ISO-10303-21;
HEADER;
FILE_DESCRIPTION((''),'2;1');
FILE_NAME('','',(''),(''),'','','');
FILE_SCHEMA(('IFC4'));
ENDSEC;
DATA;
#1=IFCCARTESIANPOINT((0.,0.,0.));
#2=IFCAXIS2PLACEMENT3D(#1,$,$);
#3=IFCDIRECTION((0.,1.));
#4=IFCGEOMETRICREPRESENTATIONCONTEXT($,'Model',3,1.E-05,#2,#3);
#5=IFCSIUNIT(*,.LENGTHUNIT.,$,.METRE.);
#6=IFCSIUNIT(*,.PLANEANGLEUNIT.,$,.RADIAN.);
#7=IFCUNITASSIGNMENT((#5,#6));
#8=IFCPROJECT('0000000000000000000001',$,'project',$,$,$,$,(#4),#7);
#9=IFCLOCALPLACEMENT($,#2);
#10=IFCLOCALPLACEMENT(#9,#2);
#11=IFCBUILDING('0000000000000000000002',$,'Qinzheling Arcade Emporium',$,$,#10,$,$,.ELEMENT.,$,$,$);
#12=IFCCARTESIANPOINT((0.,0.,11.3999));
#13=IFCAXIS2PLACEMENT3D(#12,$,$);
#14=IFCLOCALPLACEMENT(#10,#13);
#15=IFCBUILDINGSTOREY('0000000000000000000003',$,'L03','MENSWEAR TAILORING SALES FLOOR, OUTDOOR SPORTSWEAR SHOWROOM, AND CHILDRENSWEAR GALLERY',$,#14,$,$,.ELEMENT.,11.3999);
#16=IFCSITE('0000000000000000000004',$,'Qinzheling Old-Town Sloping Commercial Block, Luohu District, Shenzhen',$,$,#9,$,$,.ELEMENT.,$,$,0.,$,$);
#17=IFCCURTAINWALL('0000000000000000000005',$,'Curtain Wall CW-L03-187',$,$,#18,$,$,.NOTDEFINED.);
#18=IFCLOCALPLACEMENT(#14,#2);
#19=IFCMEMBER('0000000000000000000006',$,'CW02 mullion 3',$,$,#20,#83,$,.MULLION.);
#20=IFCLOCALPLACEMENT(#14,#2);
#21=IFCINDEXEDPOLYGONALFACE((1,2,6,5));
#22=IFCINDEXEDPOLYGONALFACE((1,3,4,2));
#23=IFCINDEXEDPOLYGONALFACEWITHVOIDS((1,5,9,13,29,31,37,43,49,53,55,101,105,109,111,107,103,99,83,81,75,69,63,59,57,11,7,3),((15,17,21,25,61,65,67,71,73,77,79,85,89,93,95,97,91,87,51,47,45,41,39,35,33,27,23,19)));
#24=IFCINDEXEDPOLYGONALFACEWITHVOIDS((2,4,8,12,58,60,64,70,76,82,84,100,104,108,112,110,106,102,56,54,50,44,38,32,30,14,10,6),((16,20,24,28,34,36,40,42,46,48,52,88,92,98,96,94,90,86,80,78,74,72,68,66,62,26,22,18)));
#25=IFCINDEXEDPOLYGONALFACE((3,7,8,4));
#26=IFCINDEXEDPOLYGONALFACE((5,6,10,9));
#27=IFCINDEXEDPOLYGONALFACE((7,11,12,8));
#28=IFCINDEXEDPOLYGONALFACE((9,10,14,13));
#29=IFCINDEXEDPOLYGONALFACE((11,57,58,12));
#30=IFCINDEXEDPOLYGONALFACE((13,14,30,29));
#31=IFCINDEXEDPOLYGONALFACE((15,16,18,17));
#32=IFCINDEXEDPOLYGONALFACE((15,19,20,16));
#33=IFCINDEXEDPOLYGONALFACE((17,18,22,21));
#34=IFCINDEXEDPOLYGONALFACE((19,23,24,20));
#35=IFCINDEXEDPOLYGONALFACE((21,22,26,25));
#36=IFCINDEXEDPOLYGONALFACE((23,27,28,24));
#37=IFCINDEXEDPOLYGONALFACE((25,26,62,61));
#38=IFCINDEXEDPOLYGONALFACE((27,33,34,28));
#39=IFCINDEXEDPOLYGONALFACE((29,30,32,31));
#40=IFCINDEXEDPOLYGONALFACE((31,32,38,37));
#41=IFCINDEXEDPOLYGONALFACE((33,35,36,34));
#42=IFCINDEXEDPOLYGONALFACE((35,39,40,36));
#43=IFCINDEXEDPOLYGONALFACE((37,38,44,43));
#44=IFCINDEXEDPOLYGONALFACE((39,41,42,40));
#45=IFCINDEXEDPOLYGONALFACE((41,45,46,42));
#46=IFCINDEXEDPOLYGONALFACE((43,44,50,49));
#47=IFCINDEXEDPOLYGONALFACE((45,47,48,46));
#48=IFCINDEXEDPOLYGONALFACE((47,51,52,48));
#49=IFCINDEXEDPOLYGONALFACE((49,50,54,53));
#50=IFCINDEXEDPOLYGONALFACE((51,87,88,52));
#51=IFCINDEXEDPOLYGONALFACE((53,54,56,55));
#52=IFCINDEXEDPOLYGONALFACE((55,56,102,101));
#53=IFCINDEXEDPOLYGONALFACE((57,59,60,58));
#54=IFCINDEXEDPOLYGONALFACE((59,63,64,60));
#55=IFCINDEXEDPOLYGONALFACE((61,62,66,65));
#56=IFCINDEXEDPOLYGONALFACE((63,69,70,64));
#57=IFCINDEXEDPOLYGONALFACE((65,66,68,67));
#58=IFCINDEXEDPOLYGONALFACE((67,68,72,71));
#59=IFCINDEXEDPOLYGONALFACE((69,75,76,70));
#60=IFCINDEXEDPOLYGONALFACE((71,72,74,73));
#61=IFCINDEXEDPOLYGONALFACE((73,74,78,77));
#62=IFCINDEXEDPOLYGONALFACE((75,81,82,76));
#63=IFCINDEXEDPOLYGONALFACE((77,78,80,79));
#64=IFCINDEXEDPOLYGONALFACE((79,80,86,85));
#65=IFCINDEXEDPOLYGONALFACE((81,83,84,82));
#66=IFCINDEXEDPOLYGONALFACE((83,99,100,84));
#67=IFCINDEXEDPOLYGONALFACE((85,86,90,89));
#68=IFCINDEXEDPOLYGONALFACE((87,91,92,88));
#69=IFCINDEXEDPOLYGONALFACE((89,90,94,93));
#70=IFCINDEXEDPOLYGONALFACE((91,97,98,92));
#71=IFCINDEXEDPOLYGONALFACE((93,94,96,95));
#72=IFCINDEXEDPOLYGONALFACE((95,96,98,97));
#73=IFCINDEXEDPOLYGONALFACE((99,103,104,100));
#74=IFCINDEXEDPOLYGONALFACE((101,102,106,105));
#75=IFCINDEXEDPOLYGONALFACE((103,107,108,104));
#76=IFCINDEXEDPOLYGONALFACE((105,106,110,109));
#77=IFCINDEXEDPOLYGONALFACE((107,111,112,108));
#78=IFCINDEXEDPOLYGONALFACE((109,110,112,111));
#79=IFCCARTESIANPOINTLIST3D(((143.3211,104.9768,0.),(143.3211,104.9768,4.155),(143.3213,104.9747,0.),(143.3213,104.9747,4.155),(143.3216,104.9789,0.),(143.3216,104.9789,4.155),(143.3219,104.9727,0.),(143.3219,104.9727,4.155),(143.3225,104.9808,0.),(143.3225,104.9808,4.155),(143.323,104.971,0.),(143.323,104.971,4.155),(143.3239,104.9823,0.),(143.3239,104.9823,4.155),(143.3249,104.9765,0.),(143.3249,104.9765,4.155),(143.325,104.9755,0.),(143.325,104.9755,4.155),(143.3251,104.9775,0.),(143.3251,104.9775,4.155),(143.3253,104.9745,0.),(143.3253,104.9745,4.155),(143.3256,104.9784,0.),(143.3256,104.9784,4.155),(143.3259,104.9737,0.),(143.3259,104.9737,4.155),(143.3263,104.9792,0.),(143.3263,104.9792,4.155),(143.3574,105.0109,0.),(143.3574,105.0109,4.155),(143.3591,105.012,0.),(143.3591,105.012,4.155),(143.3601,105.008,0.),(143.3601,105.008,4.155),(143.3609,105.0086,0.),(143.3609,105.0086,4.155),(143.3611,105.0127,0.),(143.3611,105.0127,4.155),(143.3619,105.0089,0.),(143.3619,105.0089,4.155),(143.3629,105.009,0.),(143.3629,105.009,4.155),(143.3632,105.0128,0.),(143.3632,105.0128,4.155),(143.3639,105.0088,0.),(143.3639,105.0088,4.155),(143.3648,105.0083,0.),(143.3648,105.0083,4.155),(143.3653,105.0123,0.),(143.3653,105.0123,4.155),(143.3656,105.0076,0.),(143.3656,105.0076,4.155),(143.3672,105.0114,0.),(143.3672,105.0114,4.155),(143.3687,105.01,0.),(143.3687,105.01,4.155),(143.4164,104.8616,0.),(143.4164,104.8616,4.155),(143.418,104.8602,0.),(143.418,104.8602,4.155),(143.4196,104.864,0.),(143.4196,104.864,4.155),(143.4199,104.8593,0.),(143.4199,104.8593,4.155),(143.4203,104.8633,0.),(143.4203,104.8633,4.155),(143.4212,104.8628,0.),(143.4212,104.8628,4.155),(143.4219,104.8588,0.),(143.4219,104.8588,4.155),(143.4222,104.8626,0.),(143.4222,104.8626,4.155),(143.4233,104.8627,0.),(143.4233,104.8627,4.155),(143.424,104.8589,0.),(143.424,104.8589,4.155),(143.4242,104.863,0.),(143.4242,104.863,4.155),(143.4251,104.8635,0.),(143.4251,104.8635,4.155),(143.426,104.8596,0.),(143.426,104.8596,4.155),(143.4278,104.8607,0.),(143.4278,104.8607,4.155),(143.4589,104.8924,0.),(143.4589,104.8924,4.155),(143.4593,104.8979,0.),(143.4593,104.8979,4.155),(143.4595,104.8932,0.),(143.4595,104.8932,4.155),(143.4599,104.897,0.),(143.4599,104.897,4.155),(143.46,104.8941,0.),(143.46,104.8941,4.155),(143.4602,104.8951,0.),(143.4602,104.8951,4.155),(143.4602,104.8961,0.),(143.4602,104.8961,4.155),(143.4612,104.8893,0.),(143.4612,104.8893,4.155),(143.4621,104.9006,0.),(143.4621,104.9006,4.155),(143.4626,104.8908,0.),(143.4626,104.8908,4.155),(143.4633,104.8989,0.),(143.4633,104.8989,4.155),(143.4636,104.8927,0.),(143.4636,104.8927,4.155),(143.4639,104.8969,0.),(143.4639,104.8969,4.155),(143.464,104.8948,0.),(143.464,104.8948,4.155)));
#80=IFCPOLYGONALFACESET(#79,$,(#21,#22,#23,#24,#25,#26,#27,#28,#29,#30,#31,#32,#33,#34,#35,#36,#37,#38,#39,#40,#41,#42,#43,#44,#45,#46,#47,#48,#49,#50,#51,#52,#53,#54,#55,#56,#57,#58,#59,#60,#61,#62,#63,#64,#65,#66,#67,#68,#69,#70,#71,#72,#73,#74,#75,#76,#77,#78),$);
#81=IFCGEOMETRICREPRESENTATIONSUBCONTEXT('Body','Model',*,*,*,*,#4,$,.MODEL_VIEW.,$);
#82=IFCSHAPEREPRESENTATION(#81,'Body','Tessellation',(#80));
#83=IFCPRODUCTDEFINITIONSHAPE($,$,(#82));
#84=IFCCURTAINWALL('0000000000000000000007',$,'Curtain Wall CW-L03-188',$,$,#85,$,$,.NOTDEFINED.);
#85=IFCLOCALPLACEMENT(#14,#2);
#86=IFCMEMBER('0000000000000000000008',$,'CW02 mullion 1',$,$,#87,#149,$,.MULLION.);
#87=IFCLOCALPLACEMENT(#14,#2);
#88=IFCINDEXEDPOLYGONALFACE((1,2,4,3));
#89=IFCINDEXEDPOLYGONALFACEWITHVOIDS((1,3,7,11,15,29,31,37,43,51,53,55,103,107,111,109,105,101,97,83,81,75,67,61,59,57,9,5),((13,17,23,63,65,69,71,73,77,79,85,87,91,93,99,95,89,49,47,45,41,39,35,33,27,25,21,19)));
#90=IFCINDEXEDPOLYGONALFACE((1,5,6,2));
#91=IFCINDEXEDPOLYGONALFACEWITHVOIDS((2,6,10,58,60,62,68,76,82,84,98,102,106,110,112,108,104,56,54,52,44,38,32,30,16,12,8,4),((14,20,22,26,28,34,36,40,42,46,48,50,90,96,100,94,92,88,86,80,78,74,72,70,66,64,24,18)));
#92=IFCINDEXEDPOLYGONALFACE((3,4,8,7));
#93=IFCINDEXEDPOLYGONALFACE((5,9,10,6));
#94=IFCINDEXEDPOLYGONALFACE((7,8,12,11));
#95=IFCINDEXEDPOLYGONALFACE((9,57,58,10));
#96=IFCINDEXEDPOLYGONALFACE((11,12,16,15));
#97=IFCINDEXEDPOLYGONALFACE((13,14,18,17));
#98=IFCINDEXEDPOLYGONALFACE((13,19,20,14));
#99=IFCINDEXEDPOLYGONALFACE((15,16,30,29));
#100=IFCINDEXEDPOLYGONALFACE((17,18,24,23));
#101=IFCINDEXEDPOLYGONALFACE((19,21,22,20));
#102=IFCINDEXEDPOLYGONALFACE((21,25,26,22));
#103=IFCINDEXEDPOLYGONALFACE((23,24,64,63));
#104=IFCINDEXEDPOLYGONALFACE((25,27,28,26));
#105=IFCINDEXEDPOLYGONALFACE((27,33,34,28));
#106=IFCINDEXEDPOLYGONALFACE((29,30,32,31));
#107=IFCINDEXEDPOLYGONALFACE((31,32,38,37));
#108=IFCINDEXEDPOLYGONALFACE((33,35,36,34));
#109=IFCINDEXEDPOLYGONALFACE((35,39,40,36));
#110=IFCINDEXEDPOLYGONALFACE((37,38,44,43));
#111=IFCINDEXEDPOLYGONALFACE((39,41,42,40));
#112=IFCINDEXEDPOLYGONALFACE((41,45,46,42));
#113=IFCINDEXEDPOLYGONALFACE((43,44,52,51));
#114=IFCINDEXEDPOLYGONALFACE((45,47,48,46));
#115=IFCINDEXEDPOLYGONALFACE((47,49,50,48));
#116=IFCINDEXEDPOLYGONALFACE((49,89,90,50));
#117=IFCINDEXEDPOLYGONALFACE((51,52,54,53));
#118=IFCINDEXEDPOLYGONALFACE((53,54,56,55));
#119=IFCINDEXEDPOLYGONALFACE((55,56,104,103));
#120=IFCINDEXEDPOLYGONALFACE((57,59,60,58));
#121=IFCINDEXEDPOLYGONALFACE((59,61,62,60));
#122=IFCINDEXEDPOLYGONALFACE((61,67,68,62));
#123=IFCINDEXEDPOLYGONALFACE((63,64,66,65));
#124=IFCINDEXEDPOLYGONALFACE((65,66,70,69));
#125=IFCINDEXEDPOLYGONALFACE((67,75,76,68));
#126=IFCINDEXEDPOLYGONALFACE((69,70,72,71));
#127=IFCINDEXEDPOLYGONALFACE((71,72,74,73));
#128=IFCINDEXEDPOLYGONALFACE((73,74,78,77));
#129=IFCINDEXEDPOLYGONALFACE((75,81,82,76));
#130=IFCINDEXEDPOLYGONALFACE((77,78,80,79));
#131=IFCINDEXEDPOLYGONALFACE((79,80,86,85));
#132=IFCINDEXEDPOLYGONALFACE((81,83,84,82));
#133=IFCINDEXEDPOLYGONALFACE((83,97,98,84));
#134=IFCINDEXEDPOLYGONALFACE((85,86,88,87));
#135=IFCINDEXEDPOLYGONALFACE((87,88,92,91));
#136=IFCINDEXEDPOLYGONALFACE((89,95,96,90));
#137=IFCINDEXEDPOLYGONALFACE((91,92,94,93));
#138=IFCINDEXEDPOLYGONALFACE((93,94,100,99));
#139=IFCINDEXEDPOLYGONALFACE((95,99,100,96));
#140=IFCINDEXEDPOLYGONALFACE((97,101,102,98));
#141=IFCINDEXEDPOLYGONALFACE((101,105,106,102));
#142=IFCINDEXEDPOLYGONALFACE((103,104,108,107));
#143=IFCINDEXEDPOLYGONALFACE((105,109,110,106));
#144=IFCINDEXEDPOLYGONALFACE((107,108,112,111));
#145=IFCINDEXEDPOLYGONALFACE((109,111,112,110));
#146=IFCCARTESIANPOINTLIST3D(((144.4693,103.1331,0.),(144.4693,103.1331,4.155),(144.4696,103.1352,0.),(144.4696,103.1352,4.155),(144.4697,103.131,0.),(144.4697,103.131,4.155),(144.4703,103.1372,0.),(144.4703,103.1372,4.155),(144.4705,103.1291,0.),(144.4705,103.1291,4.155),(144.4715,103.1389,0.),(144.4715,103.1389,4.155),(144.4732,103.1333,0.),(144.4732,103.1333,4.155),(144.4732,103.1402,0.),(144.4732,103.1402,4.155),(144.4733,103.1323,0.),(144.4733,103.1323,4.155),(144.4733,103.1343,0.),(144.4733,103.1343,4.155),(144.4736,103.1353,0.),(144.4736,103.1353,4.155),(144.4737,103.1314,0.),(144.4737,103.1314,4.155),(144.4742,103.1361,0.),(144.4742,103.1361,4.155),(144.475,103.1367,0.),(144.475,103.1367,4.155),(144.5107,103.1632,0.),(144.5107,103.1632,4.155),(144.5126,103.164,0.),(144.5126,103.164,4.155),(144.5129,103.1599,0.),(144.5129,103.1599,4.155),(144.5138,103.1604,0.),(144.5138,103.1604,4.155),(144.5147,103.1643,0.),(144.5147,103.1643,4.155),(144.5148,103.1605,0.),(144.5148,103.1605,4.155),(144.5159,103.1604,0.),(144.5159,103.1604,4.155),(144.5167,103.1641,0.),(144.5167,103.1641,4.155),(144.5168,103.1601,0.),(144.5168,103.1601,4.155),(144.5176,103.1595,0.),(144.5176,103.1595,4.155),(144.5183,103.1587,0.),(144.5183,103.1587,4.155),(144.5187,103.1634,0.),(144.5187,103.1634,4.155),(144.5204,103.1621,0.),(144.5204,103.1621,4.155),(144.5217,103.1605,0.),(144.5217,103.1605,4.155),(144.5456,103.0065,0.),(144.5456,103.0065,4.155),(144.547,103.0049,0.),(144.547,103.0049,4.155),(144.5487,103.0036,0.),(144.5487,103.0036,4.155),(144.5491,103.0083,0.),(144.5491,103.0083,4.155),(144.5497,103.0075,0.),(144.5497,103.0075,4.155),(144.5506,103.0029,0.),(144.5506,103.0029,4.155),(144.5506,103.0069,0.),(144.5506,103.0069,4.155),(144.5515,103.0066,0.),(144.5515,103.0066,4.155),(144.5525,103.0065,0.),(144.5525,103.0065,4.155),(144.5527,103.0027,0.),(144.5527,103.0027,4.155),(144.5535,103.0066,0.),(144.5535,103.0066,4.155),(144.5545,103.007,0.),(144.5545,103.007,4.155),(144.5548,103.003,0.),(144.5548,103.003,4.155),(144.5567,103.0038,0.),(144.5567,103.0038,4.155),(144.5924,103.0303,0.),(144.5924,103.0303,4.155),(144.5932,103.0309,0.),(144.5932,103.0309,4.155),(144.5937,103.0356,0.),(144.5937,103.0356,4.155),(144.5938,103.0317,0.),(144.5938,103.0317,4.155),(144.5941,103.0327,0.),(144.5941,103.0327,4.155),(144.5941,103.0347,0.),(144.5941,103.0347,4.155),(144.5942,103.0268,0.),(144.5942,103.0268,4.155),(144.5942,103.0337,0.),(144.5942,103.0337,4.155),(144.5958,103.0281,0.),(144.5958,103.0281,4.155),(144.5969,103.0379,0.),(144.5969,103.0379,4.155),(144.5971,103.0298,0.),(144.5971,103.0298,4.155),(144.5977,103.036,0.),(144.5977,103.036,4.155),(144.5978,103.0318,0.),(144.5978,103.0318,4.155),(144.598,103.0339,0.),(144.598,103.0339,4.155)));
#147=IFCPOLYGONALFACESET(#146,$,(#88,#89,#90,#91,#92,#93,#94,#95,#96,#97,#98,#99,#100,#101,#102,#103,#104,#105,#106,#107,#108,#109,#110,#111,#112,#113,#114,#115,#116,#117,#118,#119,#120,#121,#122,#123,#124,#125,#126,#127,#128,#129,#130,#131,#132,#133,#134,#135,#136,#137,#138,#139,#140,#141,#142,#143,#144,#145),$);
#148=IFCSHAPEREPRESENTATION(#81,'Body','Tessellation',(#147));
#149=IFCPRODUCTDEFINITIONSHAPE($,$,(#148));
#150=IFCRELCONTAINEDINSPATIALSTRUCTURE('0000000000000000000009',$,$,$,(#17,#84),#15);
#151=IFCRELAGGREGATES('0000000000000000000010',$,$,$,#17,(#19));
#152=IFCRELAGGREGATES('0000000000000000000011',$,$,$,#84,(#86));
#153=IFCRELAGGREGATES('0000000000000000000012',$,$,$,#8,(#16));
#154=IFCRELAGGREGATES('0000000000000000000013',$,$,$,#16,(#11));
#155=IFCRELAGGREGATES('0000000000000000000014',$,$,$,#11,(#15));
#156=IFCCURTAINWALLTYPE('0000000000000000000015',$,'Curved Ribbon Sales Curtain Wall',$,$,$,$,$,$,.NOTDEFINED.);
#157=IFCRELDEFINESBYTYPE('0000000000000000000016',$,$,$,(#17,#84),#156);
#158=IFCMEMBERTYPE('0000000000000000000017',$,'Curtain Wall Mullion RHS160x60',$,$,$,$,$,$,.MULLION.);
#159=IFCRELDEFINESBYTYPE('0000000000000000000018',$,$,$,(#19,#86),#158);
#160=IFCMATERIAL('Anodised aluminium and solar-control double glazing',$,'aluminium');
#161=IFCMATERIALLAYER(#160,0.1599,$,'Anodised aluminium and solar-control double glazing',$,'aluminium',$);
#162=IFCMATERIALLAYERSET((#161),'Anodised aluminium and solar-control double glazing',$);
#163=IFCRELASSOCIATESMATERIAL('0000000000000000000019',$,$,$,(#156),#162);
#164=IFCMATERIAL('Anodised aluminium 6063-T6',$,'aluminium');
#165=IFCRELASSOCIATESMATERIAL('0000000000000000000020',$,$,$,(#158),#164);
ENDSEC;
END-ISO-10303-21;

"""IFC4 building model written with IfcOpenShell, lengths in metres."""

from ifc_helpers import new_model, si_unit, direction, frame, origin, origin_2d, place, context, subcontext, project, spatial, hollow_rectangle, extrude, material, layer, layer_set, material_profile, profile_set, type_object, element, aggregate, save


model = new_model("IFC4")

# Units and contexts
model_context = context("Model", 3, precision=1e-05, world=origin(), true_north=direction((0.0, 1.0)))
body_context = subcontext(model_context, "Body", "Model", "MODEL_VIEW")
ifc_project = project(units=[si_unit("LENGTHUNIT", "METRE"), si_unit("PLANEANGLEUNIT", "RADIAN")], contexts=[model_context])

# Site, building, storey
site_placement = place(None, origin())
site = spatial("IfcSite", under=ifc_project, at=site_placement, Name="Qinzheling Old-Town Sloping Commercial Block, Luohu District, Shenzhen", CompositionType="ELEMENT", RefElevation=0.0)
building_placement = place(site_placement, origin())
building = spatial("IfcBuilding", under=site, at=building_placement, Name="Qinzheling Arcade Emporium", CompositionType="ELEMENT")
storey_placement = place(building_placement, frame((0.0, 0.0, 11.3999)))
storey = spatial("IfcBuildingStorey", under=building, at=storey_placement, Name="L03", Description="MENSWEAR TAILORING SALES FLOOR, OUTDOOR SPORTSWEAR SHOWROOM, AND CHILDRENSWEAR GALLERY", CompositionType="ELEMENT", Elevation=11.3999)

# Curtain walls, members
ifc_material_1 = material(Name="Anodised aluminium and solar-control double glazing", Category="aluminium")
ifc_layer_1 = layer(ifc_material_1, 0.1599, Name="Anodised aluminium and solar-control double glazing", Category="aluminium")
ifc_layer_set_1 = layer_set([ifc_layer_1], Name="Anodised aluminium and solar-control double glazing")
curtain_wall_type = type_object("IfcCurtainWallType", Name="Curved Ribbon Sales Curtain Wall", PredefinedType="NOTDEFINED", material=ifc_layer_set_1)
ifc_material_2 = material(Name="Anodised aluminium 6063-T6", Category="aluminium")
ifc_material_profile_1 = material_profile(ifc_material_2, hollow_rectangle(XDim=0.0601, YDim=0.1599, WallThickness=0.0039, InnerFilletRadius=0.0039, OuterFilletRadius=0.0081, at=origin_2d()), Name="RHS 160x60x4", Category="aluminium")
ifc_profile_set_1 = profile_set([ifc_material_profile_1], Name="Anodised aluminium 6063-T6")
member_type_1 = type_object("IfcMemberType", Name="Curtain Wall Mullion RHS160x60", PredefinedType="MULLION", material=ifc_profile_set_1)
curtain_wall_1_placement = place(storey_placement, origin())
curtain_wall_1 = element("IfcCurtainWall", 1, at=curtain_wall_1_placement, inside=storey, type_object=curtain_wall_type, Name="Curtain Wall CW-L03-187", PredefinedType="NOTDEFINED")
member_1_placement = place(storey_placement, frame((143.3926, 104.9358, 0.0), z_axis=(0.0, 0.0, 1.0), x_axis=(0.760385, 0.649473, 0.0)))
member_1 = element("IfcMember", 2, at=member_1_placement, type_object=member_type_1, Name="CW02 mullion 3", PredefinedType="MULLION", context=body_context, shape_type="SweptSolid", body=[
    extrude(hollow_rectangle(XDim=0.0601, YDim=0.1599, WallThickness=0.0039, InnerFilletRadius=0.0039, OuterFilletRadius=0.0081, at=origin_2d()), origin(), (0.0, 0.0, 1.0), 4.155),
])
curtain_wall_2_placement = place(storey_placement, origin())
curtain_wall_2 = element("IfcCurtainWall", 3, at=curtain_wall_2_placement, inside=storey, type_object=curtain_wall_type, Name="Curtain Wall CW-L03-188", PredefinedType="NOTDEFINED")
member_2_placement = place(storey_placement, frame((144.5337, 103.0835, 0.0), z_axis=(0.0, 0.0, 1.0), x_axis=(0.852684, 0.522428, 0.0)))
member_2 = element("IfcMember", 4, at=member_2_placement, type_object=member_type_1, Name="CW02 mullion 1", PredefinedType="MULLION", context=body_context, shape_type="SweptSolid", body=[
    extrude(hollow_rectangle(XDim=0.0601, YDim=0.1599, WallThickness=0.0039, InnerFilletRadius=0.0039, OuterFilletRadius=0.0081, at=origin_2d()), origin(), (0.0, 0.0, 1.0), 4.155),
])

aggregate(curtain_wall_1, [member_1])
aggregate(curtain_wall_2, [member_2])

save(model, "model.ifc")
